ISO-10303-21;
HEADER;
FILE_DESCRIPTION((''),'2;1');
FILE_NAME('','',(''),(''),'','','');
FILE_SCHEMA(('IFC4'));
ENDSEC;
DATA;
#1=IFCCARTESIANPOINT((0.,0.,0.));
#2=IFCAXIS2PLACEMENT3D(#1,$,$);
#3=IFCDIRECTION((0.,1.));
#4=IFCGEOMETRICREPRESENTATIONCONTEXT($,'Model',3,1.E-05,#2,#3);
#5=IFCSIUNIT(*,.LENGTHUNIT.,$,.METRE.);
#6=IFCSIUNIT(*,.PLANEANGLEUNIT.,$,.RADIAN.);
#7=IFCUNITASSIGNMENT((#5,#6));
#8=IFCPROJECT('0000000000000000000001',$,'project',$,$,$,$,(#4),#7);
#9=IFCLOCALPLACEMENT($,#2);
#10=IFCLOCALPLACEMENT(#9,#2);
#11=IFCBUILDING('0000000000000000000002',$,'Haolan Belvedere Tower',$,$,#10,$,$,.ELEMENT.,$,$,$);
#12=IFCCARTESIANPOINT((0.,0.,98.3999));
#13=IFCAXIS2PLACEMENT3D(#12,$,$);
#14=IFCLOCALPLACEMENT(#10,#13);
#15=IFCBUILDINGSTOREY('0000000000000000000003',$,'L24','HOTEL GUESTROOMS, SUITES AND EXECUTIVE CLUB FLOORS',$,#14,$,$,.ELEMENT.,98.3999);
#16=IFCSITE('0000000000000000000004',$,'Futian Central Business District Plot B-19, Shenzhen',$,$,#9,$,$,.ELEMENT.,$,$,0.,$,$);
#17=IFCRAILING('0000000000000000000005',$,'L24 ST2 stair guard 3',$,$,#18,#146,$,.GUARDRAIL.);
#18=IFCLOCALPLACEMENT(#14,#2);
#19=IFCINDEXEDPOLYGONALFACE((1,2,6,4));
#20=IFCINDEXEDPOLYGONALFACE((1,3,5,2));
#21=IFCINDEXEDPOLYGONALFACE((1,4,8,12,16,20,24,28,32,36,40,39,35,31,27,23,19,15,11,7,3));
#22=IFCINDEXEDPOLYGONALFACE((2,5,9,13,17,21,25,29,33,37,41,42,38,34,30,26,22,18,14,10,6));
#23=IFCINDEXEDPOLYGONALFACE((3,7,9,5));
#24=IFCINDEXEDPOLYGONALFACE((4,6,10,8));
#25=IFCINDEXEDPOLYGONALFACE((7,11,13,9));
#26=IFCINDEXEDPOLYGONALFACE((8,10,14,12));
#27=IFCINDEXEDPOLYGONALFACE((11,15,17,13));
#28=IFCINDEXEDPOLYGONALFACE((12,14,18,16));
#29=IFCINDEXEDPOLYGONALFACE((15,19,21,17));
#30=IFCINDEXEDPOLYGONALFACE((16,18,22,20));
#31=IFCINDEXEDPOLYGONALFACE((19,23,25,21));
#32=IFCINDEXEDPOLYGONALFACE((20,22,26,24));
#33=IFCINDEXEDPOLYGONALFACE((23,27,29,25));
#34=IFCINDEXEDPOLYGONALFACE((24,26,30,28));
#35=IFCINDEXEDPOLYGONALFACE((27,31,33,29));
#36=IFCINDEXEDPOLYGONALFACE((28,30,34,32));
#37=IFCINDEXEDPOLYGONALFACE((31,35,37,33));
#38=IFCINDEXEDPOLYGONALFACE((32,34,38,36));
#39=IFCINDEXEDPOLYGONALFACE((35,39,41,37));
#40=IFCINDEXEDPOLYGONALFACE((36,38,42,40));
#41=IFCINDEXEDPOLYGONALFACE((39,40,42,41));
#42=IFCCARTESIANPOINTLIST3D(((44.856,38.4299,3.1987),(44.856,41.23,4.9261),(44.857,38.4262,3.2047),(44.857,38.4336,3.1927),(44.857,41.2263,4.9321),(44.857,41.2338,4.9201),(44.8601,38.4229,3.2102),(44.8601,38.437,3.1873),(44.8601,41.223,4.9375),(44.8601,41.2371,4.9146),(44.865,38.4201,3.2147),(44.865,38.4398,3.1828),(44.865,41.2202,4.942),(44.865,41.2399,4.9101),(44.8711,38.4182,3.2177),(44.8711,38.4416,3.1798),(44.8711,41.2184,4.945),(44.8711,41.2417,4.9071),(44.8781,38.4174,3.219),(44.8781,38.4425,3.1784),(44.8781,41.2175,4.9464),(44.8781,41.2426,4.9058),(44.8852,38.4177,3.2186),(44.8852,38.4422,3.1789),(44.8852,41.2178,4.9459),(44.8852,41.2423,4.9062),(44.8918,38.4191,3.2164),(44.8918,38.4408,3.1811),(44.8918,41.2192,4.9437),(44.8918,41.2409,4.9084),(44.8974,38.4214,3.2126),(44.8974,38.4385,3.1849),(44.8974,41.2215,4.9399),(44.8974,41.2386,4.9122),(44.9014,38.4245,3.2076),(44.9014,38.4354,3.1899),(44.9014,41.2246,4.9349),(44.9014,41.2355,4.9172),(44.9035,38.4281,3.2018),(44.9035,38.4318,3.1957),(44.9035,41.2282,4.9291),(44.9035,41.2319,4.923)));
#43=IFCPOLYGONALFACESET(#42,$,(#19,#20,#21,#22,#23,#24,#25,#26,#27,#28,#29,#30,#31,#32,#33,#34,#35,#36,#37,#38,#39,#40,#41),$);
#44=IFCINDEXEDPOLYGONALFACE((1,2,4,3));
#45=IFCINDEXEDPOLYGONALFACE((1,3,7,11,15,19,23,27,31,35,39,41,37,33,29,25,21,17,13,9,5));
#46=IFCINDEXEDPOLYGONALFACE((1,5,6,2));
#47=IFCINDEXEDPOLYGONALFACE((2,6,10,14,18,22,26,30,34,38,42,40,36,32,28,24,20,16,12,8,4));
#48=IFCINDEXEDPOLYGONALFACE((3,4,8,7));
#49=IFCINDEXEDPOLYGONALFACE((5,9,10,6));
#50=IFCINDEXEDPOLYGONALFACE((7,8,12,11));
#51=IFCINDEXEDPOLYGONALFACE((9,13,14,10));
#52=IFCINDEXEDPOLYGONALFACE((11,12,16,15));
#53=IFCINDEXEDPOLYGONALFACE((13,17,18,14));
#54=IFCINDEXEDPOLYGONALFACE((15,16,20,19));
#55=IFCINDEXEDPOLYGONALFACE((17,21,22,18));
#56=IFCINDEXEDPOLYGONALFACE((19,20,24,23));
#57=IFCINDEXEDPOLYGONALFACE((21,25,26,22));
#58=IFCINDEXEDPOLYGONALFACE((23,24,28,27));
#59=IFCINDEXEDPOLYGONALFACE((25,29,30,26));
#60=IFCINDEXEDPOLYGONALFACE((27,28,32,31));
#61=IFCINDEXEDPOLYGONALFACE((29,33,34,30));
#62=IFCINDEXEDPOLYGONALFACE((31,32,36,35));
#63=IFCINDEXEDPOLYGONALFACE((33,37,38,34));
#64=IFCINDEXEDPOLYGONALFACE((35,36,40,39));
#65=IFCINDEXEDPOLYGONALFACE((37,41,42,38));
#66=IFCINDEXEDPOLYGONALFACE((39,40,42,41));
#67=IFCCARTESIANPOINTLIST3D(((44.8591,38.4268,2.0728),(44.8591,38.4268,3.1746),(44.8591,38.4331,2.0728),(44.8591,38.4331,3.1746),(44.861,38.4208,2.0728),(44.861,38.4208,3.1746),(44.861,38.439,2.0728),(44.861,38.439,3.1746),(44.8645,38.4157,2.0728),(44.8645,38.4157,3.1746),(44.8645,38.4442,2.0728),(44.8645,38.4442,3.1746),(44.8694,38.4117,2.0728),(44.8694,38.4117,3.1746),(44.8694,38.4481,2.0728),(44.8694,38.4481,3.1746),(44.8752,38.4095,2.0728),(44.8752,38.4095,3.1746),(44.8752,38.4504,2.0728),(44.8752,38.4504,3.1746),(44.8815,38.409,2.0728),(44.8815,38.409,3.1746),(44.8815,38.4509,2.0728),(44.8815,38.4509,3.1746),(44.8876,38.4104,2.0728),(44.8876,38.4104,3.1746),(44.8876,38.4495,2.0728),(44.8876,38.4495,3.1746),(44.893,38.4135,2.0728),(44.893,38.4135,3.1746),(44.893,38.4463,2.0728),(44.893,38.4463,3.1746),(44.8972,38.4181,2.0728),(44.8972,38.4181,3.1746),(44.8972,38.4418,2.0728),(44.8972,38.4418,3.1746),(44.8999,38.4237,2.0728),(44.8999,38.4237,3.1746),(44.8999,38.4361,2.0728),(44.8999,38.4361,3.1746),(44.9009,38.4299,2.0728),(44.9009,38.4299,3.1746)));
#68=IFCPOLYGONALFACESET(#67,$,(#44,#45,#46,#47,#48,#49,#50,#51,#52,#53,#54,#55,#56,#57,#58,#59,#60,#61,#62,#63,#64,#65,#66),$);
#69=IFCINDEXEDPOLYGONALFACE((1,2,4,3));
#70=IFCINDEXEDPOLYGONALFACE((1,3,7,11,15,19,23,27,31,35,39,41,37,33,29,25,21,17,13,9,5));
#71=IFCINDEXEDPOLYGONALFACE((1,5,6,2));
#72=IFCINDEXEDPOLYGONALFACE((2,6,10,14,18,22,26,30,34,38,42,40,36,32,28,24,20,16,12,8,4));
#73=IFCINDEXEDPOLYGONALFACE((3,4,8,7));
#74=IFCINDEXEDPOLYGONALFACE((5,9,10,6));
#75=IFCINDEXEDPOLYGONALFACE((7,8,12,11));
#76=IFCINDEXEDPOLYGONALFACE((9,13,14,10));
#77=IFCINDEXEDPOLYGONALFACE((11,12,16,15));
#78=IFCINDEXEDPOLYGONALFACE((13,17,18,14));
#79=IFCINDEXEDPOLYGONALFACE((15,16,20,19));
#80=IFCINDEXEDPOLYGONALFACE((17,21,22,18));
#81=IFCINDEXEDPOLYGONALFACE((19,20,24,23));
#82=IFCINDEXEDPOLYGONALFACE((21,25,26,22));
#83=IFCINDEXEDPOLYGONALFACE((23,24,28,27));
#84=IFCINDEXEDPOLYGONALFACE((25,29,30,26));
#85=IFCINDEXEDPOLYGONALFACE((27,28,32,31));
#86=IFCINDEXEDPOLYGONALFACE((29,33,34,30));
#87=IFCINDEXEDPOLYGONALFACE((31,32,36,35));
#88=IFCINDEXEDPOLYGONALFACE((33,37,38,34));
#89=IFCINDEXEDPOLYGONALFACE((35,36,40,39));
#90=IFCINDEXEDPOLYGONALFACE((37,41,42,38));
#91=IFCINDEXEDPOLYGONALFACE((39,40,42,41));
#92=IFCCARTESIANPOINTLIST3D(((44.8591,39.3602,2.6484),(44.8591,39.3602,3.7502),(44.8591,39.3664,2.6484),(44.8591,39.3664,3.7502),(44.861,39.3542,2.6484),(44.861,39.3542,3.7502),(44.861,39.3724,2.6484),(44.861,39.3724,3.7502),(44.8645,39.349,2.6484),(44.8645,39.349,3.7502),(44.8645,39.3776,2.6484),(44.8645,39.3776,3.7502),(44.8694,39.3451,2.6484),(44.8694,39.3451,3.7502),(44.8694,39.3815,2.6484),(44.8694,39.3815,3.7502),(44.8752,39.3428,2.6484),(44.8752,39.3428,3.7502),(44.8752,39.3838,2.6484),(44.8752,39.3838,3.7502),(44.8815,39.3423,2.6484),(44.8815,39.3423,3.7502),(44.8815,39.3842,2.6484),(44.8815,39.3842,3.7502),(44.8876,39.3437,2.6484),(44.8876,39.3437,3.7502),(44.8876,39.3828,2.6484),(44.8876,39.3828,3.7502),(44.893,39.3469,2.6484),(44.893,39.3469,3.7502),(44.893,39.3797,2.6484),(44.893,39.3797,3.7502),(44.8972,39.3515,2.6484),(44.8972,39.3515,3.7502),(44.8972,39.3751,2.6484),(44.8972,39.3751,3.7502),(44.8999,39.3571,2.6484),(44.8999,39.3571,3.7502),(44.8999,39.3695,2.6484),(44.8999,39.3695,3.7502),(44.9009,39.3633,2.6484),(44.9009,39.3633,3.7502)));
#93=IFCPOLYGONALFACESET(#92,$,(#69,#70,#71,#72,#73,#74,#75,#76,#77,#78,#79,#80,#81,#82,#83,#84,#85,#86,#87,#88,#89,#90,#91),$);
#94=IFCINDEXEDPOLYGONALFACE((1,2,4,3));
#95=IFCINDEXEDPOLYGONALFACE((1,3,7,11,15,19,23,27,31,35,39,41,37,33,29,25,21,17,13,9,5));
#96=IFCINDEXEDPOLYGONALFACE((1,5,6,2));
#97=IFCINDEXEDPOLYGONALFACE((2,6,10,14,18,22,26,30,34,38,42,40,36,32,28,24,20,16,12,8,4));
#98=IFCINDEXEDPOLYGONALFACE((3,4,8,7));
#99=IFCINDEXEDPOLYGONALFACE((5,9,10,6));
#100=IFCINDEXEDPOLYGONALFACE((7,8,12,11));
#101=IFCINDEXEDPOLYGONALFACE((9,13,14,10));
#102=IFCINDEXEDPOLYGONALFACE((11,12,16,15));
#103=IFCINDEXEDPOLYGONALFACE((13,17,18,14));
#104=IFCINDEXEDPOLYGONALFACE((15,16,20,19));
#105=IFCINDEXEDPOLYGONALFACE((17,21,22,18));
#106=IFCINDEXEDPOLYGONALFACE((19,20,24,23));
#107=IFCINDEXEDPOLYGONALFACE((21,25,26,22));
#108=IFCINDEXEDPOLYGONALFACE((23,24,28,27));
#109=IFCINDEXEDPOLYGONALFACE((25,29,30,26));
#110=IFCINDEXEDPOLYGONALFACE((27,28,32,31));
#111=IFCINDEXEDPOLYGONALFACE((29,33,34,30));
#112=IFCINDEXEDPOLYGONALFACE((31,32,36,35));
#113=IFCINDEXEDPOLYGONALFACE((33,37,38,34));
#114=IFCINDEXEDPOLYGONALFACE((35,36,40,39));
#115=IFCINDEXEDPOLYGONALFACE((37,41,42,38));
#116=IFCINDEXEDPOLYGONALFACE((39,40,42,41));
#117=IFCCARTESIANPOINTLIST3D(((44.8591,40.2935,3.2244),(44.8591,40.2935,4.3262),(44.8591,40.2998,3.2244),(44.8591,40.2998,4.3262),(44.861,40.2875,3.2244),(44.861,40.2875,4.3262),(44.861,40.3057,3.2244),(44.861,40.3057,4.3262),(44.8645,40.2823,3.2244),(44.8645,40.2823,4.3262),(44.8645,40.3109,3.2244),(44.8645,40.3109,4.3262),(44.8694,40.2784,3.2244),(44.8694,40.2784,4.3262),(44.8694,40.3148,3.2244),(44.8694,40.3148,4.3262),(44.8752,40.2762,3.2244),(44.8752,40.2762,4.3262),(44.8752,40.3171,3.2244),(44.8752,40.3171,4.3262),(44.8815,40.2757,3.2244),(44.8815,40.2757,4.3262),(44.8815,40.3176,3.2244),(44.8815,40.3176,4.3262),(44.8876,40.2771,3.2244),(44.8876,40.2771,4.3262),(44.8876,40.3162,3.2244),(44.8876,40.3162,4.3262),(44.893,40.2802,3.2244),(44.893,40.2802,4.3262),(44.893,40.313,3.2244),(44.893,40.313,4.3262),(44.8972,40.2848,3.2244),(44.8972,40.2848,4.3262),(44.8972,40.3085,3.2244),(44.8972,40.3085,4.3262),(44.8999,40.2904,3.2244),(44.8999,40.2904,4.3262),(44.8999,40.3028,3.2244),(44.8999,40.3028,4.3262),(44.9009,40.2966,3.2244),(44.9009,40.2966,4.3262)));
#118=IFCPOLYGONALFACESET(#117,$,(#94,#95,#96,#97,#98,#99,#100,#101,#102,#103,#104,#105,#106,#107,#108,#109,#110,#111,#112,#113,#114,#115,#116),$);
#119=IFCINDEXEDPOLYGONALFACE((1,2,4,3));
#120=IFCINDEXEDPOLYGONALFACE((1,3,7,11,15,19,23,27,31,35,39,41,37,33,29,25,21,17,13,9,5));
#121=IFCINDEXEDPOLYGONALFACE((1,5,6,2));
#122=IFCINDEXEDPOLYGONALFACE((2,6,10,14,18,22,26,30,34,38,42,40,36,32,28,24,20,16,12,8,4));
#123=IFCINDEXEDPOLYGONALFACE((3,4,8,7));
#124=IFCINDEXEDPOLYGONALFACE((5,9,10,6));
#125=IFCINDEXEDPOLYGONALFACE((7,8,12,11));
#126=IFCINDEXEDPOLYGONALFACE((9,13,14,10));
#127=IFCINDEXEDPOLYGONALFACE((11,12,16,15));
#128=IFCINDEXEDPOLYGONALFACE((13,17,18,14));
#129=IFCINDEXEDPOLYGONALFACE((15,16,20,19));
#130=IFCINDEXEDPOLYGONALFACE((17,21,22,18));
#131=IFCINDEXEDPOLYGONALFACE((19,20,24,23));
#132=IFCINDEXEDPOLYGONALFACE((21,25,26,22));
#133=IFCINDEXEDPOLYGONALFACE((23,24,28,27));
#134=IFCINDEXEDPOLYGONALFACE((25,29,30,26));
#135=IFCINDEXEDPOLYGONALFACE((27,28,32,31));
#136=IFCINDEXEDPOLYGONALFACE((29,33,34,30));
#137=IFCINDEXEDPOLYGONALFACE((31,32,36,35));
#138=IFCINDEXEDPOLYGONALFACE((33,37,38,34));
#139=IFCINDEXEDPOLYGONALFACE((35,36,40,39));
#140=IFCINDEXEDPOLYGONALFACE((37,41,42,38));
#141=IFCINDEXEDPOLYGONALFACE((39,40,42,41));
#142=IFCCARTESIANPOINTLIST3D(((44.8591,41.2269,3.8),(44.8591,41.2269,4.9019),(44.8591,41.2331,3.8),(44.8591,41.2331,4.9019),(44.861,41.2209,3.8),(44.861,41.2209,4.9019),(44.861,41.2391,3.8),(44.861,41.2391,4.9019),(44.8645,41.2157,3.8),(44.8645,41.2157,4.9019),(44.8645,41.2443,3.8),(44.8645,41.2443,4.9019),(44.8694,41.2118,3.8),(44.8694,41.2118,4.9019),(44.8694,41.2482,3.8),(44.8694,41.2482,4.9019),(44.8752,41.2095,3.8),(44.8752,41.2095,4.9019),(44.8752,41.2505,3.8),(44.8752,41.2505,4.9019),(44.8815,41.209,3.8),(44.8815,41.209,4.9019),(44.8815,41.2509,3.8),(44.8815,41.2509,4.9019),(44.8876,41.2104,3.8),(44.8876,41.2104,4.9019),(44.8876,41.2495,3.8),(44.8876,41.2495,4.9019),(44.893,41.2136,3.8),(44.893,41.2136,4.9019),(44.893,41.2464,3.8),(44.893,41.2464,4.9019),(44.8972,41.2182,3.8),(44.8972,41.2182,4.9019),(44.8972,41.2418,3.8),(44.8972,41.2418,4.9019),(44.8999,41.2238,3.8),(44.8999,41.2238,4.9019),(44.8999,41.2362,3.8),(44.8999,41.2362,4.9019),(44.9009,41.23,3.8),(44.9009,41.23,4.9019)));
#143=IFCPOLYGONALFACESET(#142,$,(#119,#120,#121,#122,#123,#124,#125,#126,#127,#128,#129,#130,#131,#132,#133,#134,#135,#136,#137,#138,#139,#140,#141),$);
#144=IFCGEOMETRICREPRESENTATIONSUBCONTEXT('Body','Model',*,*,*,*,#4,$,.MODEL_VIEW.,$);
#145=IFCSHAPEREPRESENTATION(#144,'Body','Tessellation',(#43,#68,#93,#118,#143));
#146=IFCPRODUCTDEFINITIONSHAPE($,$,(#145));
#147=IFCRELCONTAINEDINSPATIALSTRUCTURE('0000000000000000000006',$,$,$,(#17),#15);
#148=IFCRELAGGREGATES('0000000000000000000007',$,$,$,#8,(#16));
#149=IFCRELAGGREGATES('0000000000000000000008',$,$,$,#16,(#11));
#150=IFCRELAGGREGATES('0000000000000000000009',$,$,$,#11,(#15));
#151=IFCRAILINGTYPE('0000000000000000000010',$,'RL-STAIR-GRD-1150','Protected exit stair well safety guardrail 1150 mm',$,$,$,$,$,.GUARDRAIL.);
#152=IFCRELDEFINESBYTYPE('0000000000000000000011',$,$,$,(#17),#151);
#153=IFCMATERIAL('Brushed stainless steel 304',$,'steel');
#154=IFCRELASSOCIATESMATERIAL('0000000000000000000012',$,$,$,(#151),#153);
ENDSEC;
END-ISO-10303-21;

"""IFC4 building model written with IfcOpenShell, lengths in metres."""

from ifc_helpers import new_model, si_unit, direction, frame, origin, origin_2d, place, context, subcontext, project, spatial, circle, extrude, material, type_object, element, save


model = new_model("IFC4")

# Units and contexts
model_context = context("Model", 3, precision=1e-05, world=origin(), true_north=direction((0.0, 1.0)))
body_context = subcontext(model_context, "Body", "Model", "MODEL_VIEW")
ifc_project = project(units=[si_unit("LENGTHUNIT", "METRE"), si_unit("PLANEANGLEUNIT", "RADIAN")], contexts=[model_context])

# Site, building, storey
site_placement = place(None, origin())
site = spatial("IfcSite", under=ifc_project, at=site_placement, Name="Futian Central Business District Plot B-19, Shenzhen", CompositionType="ELEMENT", RefElevation=0.0)
building_placement = place(site_placement, origin())
building = spatial("IfcBuilding", under=site, at=building_placement, Name="Haolan Belvedere Tower", CompositionType="ELEMENT")
storey_placement = place(building_placement, frame((0.0, 0.0, 98.3999)))
storey = spatial("IfcBuildingStorey", under=building, at=storey_placement, Name="L24", Description="HOTEL GUESTROOMS, SUITES AND EXECUTIVE CLUB FLOORS", CompositionType="ELEMENT", Elevation=98.3999)

# Railing
ifc_material_1 = material(Name="Brushed stainless steel 304", Category="steel")
railing_type_1 = type_object("IfcRailingType", Name="RL-STAIR-GRD-1150", Description="Protected exit stair well safety guardrail 1150 mm", PredefinedType="GUARDRAIL", material=ifc_material_1)
railing_1_placement = place(storey_placement, frame((44.8799, 38.4299, 2.0728)))
element("IfcRailing", 1, at=railing_1_placement, inside=storey, type_object=railing_type_1, Name="L24 ST2 stair guard 3", PredefinedType="GUARDRAIL", context=body_context, shape_type="SweptSolid", body=[
    extrude(circle(Radius=0.0239, at=origin_2d()), frame((0.0, 0.0, 1.126), z_axis=(0.0, 0.85109, 0.52502), x_axis=(-1.0, 0.0, 0.0)), (0.0, 0.0, 1.0), 3.29),
    extrude(circle(Radius=0.021, at=origin_2d()), origin(), (0.0, 0.0, 1.0), 1.1018),
    extrude(circle(Radius=0.021, at=origin_2d()), frame((0.0, 0.9333, 0.5757)), (0.0, 0.0, 1.0), 1.1018),
    extrude(circle(Radius=0.021, at=origin_2d()), frame((0.0, 1.8667, 1.1516)), (0.0, 0.0, 1.0), 1.1018),
    extrude(circle(Radius=0.021, at=origin_2d()), frame((0.0, 2.8, 1.7273)), (0.0, 0.0, 1.0), 1.1018),
])

save(model, "model.ifc")
